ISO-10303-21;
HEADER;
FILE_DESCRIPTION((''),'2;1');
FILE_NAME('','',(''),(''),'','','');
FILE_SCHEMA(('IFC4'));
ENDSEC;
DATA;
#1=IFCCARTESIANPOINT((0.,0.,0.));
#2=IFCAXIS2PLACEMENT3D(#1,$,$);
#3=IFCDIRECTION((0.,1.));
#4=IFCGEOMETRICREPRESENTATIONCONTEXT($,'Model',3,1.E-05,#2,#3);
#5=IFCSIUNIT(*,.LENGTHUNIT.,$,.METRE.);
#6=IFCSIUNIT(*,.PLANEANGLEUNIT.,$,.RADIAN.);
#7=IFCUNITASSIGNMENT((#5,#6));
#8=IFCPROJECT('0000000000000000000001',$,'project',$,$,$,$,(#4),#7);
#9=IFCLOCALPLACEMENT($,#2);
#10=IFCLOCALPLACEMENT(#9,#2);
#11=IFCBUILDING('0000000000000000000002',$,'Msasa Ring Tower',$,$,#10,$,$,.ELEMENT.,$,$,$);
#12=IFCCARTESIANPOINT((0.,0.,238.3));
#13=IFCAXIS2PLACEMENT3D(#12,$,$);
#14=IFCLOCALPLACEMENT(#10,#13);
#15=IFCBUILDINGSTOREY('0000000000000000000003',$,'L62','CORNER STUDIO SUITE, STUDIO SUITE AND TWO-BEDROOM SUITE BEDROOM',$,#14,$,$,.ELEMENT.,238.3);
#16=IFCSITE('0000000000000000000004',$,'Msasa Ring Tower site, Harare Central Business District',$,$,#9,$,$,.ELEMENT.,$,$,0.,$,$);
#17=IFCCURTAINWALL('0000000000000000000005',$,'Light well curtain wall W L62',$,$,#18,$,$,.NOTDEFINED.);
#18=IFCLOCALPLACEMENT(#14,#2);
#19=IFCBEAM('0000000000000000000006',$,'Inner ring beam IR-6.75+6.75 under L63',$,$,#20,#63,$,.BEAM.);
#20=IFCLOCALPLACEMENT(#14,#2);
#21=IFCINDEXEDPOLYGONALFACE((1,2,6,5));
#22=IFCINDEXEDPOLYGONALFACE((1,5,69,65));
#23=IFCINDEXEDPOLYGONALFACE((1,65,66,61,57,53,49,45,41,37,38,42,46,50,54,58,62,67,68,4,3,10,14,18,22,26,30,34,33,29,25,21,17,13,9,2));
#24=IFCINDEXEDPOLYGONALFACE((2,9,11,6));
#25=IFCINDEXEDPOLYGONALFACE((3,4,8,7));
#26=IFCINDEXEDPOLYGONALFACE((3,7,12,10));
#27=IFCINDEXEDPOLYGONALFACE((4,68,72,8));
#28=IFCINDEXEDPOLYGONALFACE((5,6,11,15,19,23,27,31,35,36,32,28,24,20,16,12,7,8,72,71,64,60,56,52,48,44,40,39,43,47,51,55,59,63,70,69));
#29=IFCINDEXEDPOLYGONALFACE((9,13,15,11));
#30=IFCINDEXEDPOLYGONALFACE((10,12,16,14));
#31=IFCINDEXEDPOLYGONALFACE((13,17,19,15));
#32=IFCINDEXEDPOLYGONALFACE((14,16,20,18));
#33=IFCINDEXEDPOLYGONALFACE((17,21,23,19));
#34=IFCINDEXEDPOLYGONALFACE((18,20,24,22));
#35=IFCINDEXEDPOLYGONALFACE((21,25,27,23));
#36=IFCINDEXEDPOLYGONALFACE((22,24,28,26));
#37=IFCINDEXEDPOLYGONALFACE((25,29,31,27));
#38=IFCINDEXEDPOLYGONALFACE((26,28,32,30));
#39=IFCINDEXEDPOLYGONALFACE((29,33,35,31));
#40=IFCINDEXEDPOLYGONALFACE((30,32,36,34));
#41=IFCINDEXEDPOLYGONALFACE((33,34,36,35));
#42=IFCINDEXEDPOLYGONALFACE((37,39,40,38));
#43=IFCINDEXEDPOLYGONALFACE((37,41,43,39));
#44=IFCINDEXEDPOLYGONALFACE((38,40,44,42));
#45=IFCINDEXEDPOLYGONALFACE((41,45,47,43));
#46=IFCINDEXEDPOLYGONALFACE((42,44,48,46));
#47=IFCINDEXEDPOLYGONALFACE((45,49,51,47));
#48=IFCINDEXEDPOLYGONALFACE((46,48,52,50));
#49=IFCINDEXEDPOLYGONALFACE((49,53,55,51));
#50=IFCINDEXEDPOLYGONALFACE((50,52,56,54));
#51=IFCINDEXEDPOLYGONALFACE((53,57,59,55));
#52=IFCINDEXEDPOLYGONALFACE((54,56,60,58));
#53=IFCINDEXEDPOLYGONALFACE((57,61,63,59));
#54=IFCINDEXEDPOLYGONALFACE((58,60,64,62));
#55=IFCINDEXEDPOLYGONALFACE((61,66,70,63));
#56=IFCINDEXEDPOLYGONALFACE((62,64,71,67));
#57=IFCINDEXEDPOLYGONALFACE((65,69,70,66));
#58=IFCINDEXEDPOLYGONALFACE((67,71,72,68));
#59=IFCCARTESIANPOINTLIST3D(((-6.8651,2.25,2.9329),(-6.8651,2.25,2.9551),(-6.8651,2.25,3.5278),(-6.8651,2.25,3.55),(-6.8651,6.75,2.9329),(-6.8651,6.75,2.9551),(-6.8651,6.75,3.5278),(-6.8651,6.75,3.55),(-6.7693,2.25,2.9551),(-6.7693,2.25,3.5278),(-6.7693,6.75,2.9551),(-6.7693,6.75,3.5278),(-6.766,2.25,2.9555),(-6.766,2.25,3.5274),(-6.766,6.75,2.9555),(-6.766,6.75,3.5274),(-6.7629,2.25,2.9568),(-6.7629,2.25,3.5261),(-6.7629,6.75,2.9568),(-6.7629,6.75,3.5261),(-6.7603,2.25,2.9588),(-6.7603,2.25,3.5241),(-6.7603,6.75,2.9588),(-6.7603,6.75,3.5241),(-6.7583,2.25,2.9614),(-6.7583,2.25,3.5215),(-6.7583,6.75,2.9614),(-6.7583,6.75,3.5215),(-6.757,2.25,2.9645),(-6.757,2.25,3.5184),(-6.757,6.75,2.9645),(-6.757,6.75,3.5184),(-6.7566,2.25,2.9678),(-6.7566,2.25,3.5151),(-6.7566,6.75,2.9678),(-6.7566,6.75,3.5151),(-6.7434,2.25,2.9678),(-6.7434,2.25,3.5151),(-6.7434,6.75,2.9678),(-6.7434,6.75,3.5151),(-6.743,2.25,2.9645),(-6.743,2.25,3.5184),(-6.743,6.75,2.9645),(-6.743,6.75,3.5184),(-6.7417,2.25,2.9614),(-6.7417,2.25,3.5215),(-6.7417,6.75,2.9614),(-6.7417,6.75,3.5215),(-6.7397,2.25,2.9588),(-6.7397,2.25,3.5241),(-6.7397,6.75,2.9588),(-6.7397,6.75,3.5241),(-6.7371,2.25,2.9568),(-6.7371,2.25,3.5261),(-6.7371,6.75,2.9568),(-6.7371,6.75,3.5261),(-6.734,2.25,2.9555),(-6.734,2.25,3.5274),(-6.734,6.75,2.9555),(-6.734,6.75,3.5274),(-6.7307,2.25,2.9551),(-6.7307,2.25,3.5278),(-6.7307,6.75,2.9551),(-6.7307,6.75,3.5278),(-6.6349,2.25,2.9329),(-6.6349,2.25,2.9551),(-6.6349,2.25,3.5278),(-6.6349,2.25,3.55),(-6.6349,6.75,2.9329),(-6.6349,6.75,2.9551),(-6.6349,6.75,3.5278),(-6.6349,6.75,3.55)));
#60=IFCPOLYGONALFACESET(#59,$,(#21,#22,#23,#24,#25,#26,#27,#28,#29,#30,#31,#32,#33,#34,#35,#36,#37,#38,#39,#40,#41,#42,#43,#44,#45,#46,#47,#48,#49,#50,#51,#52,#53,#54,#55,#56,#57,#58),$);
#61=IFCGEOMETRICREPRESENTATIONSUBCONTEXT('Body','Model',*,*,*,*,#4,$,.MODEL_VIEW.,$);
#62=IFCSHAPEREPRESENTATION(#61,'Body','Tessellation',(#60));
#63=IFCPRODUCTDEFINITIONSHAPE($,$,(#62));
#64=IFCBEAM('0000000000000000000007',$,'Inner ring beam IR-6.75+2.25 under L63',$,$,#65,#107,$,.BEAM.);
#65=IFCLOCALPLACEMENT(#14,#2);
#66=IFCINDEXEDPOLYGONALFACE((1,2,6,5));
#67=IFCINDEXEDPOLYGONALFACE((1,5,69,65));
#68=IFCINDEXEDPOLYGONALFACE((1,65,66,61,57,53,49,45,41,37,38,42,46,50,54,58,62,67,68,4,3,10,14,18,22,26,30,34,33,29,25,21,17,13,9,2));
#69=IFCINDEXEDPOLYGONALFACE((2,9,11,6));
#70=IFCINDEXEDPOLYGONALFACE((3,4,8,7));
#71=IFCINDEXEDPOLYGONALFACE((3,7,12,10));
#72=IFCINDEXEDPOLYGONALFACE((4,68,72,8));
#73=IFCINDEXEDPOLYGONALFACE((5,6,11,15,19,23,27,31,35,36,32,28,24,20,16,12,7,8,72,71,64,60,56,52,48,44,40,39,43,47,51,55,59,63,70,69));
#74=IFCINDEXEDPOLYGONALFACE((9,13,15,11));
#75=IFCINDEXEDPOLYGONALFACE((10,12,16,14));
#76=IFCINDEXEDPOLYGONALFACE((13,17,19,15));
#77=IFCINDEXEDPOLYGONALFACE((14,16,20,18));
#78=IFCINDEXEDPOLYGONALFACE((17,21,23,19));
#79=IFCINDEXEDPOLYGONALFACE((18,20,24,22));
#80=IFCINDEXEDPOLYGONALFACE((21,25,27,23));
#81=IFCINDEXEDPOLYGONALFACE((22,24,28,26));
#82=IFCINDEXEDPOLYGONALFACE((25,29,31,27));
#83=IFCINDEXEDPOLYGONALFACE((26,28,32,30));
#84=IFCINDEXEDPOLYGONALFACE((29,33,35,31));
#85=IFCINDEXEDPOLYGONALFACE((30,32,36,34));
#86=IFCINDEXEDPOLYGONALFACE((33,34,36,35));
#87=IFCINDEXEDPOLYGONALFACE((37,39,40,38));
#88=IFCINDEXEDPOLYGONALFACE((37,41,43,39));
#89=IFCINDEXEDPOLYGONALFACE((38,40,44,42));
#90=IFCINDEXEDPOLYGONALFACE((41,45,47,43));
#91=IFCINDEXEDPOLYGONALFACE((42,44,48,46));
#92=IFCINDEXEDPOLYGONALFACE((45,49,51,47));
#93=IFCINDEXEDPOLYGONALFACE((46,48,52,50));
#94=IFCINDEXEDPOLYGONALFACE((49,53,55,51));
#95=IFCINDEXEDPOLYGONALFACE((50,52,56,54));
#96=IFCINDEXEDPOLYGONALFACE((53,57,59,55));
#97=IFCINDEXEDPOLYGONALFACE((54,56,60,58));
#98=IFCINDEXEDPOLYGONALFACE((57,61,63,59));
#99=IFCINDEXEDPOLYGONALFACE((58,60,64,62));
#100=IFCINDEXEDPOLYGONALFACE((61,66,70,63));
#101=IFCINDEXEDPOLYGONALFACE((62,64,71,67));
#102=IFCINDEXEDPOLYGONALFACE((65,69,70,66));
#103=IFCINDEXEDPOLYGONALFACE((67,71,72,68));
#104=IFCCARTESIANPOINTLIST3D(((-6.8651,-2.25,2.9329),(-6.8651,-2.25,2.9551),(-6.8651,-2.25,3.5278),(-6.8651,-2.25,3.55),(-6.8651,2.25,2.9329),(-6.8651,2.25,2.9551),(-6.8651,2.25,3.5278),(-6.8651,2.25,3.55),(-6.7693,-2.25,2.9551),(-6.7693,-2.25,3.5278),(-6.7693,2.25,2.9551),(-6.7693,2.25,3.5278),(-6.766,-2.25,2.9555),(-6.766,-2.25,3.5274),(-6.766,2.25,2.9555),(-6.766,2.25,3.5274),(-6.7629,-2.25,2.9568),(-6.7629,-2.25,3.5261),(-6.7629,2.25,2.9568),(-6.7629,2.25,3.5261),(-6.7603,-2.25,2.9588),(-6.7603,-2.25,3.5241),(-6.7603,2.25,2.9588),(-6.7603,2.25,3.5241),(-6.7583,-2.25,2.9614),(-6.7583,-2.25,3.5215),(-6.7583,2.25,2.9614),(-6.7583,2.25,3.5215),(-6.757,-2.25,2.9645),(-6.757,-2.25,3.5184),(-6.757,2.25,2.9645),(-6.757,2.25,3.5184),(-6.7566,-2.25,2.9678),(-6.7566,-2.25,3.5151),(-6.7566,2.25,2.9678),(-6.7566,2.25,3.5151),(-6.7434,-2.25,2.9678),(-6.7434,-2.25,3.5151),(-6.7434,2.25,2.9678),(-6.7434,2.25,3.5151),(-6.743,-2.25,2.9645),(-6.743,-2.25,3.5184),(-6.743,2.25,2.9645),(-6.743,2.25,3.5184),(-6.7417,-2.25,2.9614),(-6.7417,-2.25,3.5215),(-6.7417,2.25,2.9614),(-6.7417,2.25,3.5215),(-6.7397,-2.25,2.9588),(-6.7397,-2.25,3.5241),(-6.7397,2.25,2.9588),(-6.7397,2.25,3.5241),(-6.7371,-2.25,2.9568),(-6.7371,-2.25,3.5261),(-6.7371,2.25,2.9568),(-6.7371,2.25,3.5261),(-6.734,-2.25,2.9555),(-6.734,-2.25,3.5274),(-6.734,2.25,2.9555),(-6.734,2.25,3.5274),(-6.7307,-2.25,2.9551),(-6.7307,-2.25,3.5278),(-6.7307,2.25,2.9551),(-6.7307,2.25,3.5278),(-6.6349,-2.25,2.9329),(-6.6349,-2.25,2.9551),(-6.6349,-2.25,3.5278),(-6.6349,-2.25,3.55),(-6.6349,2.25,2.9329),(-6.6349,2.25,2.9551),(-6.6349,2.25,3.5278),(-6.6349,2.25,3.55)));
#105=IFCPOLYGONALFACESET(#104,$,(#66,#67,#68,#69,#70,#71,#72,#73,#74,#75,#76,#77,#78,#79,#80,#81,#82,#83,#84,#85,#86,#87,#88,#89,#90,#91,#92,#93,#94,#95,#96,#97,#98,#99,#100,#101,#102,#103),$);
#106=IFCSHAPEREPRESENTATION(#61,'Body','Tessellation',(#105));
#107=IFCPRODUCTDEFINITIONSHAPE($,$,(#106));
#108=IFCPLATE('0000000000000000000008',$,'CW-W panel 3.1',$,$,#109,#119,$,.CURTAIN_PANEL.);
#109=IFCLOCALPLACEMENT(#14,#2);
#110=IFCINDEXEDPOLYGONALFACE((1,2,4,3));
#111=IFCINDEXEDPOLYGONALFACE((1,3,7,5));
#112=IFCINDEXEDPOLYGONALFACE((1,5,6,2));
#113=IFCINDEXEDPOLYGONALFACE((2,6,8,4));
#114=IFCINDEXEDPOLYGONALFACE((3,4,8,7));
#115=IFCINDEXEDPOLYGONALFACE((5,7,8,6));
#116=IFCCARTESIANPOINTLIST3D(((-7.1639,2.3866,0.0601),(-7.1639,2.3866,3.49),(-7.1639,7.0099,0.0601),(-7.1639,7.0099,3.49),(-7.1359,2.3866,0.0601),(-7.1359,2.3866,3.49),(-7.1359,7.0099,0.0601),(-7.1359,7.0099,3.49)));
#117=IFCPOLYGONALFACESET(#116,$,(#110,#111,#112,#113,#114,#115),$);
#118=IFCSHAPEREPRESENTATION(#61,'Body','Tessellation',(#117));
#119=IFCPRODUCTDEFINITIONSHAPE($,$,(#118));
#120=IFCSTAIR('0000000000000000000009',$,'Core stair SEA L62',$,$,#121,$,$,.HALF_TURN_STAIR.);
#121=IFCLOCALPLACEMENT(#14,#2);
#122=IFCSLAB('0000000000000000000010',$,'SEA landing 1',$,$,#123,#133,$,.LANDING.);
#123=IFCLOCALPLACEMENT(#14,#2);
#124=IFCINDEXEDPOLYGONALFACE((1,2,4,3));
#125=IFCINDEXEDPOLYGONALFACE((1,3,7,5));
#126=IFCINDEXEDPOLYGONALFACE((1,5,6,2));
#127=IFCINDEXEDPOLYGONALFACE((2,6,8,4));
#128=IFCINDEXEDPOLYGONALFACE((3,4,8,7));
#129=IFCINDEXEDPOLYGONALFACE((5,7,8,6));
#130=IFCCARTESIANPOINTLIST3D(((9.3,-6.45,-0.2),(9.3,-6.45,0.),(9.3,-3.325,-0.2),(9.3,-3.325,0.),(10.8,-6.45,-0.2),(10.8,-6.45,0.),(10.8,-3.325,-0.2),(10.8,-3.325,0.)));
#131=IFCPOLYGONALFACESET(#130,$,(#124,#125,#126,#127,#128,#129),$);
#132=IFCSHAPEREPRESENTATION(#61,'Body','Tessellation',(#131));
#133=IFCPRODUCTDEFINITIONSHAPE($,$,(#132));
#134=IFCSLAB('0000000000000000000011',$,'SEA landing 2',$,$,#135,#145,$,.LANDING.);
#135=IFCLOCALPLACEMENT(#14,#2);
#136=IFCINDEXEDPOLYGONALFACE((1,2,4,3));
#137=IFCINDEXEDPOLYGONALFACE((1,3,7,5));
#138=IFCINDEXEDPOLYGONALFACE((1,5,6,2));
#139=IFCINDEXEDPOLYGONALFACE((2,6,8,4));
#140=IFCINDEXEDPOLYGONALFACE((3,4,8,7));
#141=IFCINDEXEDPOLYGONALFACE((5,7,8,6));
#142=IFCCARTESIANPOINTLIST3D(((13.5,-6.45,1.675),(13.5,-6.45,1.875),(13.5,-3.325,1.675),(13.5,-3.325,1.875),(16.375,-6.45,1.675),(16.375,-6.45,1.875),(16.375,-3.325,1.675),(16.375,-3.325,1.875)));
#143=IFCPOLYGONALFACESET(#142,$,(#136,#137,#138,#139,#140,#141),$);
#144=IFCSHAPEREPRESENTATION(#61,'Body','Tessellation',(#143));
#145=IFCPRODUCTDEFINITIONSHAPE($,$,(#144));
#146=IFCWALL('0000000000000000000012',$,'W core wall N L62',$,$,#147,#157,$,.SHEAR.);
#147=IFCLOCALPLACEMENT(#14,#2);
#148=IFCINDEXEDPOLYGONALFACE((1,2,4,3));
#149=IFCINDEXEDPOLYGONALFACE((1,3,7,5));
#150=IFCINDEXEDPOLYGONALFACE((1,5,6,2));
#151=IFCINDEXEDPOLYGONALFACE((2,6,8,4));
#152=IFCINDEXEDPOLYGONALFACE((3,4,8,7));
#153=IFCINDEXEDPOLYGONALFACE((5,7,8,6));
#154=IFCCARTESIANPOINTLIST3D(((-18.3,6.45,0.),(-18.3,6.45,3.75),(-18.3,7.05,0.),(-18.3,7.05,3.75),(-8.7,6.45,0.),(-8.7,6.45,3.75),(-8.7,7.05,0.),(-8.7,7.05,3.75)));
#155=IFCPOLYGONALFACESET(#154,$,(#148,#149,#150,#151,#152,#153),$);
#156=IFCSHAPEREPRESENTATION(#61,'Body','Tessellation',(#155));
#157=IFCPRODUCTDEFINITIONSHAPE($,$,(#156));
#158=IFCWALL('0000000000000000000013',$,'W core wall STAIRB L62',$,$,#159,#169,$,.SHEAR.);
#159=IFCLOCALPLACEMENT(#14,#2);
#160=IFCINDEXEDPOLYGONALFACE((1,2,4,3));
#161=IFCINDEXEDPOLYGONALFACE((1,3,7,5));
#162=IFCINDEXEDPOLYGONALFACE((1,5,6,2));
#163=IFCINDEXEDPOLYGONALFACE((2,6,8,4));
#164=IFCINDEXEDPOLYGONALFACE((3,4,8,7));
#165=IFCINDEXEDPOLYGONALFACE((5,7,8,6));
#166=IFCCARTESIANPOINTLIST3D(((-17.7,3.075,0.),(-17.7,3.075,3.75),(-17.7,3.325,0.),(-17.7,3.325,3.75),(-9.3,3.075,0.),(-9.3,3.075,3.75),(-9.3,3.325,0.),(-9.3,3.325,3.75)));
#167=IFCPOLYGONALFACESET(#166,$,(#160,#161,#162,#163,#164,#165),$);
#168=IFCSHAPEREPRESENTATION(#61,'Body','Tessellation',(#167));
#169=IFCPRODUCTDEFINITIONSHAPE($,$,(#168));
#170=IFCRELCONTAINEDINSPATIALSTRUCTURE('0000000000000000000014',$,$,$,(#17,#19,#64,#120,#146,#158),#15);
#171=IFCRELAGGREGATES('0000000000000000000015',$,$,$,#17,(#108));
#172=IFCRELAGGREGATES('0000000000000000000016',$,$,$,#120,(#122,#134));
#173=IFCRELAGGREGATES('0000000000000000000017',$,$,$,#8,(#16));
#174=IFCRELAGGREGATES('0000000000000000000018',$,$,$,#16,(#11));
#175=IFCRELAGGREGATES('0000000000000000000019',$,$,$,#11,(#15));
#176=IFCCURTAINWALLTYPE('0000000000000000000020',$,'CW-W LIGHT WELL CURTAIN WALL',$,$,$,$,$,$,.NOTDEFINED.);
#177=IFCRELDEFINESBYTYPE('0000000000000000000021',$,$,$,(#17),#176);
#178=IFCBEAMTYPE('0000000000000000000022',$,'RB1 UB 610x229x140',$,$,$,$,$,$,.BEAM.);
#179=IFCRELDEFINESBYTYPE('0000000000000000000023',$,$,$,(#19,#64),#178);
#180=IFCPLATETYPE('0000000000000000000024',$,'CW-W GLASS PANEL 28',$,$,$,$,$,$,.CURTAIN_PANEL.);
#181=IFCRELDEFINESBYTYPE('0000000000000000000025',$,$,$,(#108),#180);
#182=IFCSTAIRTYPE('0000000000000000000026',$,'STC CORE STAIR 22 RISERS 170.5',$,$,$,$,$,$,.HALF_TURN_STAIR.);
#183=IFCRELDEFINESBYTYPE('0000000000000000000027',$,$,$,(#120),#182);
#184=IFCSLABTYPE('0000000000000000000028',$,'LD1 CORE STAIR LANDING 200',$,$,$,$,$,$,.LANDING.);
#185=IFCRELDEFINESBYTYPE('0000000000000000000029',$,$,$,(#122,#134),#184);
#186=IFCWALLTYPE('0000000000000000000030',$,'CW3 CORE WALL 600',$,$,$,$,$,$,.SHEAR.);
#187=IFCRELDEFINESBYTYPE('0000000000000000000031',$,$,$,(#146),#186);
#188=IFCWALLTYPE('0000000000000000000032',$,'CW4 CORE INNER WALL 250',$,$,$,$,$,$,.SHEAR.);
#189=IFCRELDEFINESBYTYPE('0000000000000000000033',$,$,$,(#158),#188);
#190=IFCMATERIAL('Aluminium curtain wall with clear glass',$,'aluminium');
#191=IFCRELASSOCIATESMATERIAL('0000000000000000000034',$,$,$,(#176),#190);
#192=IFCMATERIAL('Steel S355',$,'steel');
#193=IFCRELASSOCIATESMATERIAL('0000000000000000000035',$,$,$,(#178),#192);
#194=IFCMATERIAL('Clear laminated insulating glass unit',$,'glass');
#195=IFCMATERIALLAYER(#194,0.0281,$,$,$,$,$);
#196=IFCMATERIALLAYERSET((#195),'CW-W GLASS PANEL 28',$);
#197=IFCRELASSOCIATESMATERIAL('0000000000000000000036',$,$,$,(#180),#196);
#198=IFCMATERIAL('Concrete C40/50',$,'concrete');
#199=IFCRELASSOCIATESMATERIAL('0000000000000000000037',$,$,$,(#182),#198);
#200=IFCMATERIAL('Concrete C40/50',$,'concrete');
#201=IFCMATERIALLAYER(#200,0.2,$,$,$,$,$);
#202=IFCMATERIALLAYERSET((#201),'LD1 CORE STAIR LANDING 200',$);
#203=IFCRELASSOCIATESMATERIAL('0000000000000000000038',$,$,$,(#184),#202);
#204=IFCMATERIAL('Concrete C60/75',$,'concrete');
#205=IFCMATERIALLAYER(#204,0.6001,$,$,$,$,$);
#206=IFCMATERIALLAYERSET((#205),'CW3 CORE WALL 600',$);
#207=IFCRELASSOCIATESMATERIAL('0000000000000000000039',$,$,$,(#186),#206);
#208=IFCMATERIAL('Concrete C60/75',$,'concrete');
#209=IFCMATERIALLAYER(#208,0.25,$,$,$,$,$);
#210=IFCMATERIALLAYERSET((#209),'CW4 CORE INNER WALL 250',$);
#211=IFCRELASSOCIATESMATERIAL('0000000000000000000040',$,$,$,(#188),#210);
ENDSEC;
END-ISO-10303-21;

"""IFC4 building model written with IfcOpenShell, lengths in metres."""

from ifc_helpers import new_model, si_unit, direction, frame, frame_2d, origin, origin_2d, place, context, subcontext, project, spatial, polyline, rectangle, i_section, outline, extrude, material, layer, layer_set, material_profile, profile_set, type_object, element, aggregate, save


model = new_model("IFC4")

# Units and contexts
model_context = context("Model", 3, precision=1e-05, world=origin(), true_north=direction((0.0, 1.0)))
body_context = subcontext(model_context, "Body", "Model", "MODEL_VIEW")
ifc_project = project(units=[si_unit("LENGTHUNIT", "METRE"), si_unit("PLANEANGLEUNIT", "RADIAN")], contexts=[model_context])

# Site, building, storey
site_placement = place(None, origin())
site = spatial("IfcSite", under=ifc_project, at=site_placement, Name="Msasa Ring Tower site, Harare Central Business District", CompositionType="ELEMENT", RefElevation=0.0)
building_placement = place(site_placement, origin())
building = spatial("IfcBuilding", under=site, at=building_placement, Name="Msasa Ring Tower", CompositionType="ELEMENT")
storey_placement = place(building_placement, frame((0.0, 0.0, 238.3)))
storey = spatial("IfcBuildingStorey", under=building, at=storey_placement, Name="L62", Description="CORNER STUDIO SUITE, STUDIO SUITE AND TWO-BEDROOM SUITE BEDROOM", CompositionType="ELEMENT", Elevation=238.3)

# Shared definitions
ifc_material_1 = material(Name="Aluminium curtain wall with clear glass", Category="aluminium")
curtain_wall_type = type_object("IfcCurtainWallType", Name="CW-W LIGHT WELL CURTAIN WALL", PredefinedType="NOTDEFINED", material=ifc_material_1)

# Curtain wall
curtain_wall_1_placement = place(storey_placement, origin())
curtain_wall_1 = element("IfcCurtainWall", 1, at=curtain_wall_1_placement, inside=storey, type_object=curtain_wall_type, Name="Light well curtain wall W L62", PredefinedType="NOTDEFINED")

# Beams
ifc_material_2 = material(Name="Steel S355", Category="steel")
ifc_material_profile_1 = material_profile(ifc_material_2, i_section(OverallWidth=0.2302, OverallDepth=0.6172, WebThickness=0.0132, FlangeThickness=0.0222, FilletRadius=0.0127, at=origin_2d()), Name="UB 610x229x140")
ifc_profile_set_1 = profile_set([ifc_material_profile_1], Name="Steel S355")
beam_type = type_object("IfcBeamType", Name="RB1 UB 610x229x140", PredefinedType="BEAM", material=ifc_profile_set_1)
for number, where, z_axis, x_axis, name in (
    (2, (-6.75, 6.75, 3.2415), (0.0, -1.0, 0.0), (1.0, 0.0, 0.0), "Inner ring beam IR-6.75+6.75 under L63"),
    (3, (-6.75, 2.25, 3.2415), (0.0, -1.0, 0.0), (1.0, 0.0, 0.0), "Inner ring beam IR-6.75+2.25 under L63"),
):
    element("IfcBeam", number, at=place(storey_placement, frame(where, z_axis=z_axis, x_axis=x_axis)), inside=storey, type_object=beam_type, Name=name, PredefinedType="BEAM", context=body_context, shape_type="SweptSolid", body=[
        extrude(i_section(OverallWidth=0.2302, OverallDepth=0.6172, WebThickness=0.0132, FlangeThickness=0.0222, FilletRadius=0.0127, at=origin_2d()), origin(), (0.0, 0.0, 1.0), 4.5),
    ])

# Plate
ifc_material_3 = material(Name="Clear laminated insulating glass unit", Category="glass")
ifc_layer_1 = layer(ifc_material_3, 0.0281)
ifc_layer_set_1 = layer_set([ifc_layer_1], Name="CW-W GLASS PANEL 28")
plate_type = type_object("IfcPlateType", Name="CW-W GLASS PANEL 28", PredefinedType="CURTAIN_PANEL", material=ifc_layer_set_1)
plate_placement = place(storey_placement, frame((-7.1499, 4.6982, 0.0601), z_axis=(0.0, 0.0, 1.0), x_axis=(0.0, 1.0, 0.0)))
plate = element("IfcPlate", 4, at=plate_placement, type_object=plate_type, Name="CW-W panel 3.1", PredefinedType="CURTAIN_PANEL", context=body_context, shape_type="SweptSolid", body=[
    extrude(rectangle(XDim=4.6233, YDim=0.0281, at=origin_2d()), origin(), (0.0, 0.0, 1.0), 3.4299),
])
aggregate(curtain_wall_1, [plate])

# Stair, slabs
ifc_material_4 = material(Name="Concrete C40/50", Category="concrete")
stair_type = type_object("IfcStairType", Name="STC CORE STAIR 22 RISERS 170.5", PredefinedType="HALF_TURN_STAIR", material=ifc_material_4)
stair_1_placement = place(storey_placement, origin())
stair_1 = element("IfcStair", 5, at=stair_1_placement, inside=storey, type_object=stair_type, Name="Core stair SEA L62", PredefinedType="HALF_TURN_STAIR")
ifc_material_5 = material(Name="Concrete C40/50", Category="concrete")
ifc_layer_2 = layer(ifc_material_5, 0.2)
ifc_layer_set_2 = layer_set([ifc_layer_2], Name="LD1 CORE STAIR LANDING 200")
slab_type = type_object("IfcSlabType", Name="LD1 CORE STAIR LANDING 200", PredefinedType="LANDING", material=ifc_layer_set_2)
slab_1_placement = place(storey_placement, frame((0.0, 0.0, -0.2)))
slab_1 = element("IfcSlab", 6, at=slab_1_placement, type_object=slab_type, Name="SEA landing 1", PredefinedType="LANDING", context=body_context, shape_type="SweptSolid", body=[
    extrude(outline(polyline([(9.3, -6.45), (10.8, -6.45), (10.8, -3.325), (9.3, -3.325), (9.3, -6.45)])), origin(), (0.0, 0.0, 1.0), 0.2),
])
slab_2_placement = place(storey_placement, frame((0.0, 0.0, 1.675)))
slab_2 = element("IfcSlab", 7, at=slab_2_placement, type_object=slab_type, Name="SEA landing 2", PredefinedType="LANDING", context=body_context, shape_type="SweptSolid", body=[
    extrude(outline(polyline([(13.5, -6.45), (16.375, -6.45), (16.375, -3.325), (13.5, -3.325), (13.5, -6.45)])), origin(), (0.0, 0.0, 1.0), 0.2),
])
aggregate(stair_1, [slab_1, slab_2])

# Walls
ifc_material_6 = material(Name="Concrete C60/75", Category="concrete")
ifc_layer_3 = layer(ifc_material_6, 0.6001)
ifc_layer_set_3 = layer_set([ifc_layer_3], Name="CW3 CORE WALL 600")
wall_type_1 = type_object("IfcWallType", Name="CW3 CORE WALL 600", PredefinedType="SHEAR", material=ifc_layer_set_3)
wall_1_placement = place(storey_placement, frame((-8.7, 6.75, 0.0), z_axis=(0.0, 0.0, 1.0), x_axis=(-1.0, 0.0, 0.0)))
element("IfcWall", 8, at=wall_1_placement, inside=storey, type_object=wall_type_1, Name="W core wall N L62", PredefinedType="SHEAR", context=body_context, shape_type="SweptSolid", body=[
    extrude(rectangle(XDim=9.6001, YDim=0.6001, at=frame_2d((4.8, 0.0))), origin(), (0.0, 0.0, 1.0), 3.75),
])
ifc_material_7 = material(Name="Concrete C60/75", Category="concrete")
ifc_layer_4 = layer(ifc_material_7, 0.25)
ifc_layer_set_4 = layer_set([ifc_layer_4], Name="CW4 CORE INNER WALL 250")
wall_type_2 = type_object("IfcWallType", Name="CW4 CORE INNER WALL 250", PredefinedType="SHEAR", material=ifc_layer_set_4)
wall_2_placement = place(storey_placement, frame((-9.3, 3.2, 0.0), z_axis=(0.0, 0.0, 1.0), x_axis=(-1.0, 0.0, 0.0)))
element("IfcWall", 9, at=wall_2_placement, inside=storey, type_object=wall_type_2, Name="W core wall STAIRB L62", PredefinedType="SHEAR", context=body_context, shape_type="SweptSolid", body=[
    extrude(rectangle(XDim=8.3999, YDim=0.25, at=frame_2d((4.2, 0.0))), origin(), (0.0, 0.0, 1.0), 3.75),
])

save(model, "model.ifc")
